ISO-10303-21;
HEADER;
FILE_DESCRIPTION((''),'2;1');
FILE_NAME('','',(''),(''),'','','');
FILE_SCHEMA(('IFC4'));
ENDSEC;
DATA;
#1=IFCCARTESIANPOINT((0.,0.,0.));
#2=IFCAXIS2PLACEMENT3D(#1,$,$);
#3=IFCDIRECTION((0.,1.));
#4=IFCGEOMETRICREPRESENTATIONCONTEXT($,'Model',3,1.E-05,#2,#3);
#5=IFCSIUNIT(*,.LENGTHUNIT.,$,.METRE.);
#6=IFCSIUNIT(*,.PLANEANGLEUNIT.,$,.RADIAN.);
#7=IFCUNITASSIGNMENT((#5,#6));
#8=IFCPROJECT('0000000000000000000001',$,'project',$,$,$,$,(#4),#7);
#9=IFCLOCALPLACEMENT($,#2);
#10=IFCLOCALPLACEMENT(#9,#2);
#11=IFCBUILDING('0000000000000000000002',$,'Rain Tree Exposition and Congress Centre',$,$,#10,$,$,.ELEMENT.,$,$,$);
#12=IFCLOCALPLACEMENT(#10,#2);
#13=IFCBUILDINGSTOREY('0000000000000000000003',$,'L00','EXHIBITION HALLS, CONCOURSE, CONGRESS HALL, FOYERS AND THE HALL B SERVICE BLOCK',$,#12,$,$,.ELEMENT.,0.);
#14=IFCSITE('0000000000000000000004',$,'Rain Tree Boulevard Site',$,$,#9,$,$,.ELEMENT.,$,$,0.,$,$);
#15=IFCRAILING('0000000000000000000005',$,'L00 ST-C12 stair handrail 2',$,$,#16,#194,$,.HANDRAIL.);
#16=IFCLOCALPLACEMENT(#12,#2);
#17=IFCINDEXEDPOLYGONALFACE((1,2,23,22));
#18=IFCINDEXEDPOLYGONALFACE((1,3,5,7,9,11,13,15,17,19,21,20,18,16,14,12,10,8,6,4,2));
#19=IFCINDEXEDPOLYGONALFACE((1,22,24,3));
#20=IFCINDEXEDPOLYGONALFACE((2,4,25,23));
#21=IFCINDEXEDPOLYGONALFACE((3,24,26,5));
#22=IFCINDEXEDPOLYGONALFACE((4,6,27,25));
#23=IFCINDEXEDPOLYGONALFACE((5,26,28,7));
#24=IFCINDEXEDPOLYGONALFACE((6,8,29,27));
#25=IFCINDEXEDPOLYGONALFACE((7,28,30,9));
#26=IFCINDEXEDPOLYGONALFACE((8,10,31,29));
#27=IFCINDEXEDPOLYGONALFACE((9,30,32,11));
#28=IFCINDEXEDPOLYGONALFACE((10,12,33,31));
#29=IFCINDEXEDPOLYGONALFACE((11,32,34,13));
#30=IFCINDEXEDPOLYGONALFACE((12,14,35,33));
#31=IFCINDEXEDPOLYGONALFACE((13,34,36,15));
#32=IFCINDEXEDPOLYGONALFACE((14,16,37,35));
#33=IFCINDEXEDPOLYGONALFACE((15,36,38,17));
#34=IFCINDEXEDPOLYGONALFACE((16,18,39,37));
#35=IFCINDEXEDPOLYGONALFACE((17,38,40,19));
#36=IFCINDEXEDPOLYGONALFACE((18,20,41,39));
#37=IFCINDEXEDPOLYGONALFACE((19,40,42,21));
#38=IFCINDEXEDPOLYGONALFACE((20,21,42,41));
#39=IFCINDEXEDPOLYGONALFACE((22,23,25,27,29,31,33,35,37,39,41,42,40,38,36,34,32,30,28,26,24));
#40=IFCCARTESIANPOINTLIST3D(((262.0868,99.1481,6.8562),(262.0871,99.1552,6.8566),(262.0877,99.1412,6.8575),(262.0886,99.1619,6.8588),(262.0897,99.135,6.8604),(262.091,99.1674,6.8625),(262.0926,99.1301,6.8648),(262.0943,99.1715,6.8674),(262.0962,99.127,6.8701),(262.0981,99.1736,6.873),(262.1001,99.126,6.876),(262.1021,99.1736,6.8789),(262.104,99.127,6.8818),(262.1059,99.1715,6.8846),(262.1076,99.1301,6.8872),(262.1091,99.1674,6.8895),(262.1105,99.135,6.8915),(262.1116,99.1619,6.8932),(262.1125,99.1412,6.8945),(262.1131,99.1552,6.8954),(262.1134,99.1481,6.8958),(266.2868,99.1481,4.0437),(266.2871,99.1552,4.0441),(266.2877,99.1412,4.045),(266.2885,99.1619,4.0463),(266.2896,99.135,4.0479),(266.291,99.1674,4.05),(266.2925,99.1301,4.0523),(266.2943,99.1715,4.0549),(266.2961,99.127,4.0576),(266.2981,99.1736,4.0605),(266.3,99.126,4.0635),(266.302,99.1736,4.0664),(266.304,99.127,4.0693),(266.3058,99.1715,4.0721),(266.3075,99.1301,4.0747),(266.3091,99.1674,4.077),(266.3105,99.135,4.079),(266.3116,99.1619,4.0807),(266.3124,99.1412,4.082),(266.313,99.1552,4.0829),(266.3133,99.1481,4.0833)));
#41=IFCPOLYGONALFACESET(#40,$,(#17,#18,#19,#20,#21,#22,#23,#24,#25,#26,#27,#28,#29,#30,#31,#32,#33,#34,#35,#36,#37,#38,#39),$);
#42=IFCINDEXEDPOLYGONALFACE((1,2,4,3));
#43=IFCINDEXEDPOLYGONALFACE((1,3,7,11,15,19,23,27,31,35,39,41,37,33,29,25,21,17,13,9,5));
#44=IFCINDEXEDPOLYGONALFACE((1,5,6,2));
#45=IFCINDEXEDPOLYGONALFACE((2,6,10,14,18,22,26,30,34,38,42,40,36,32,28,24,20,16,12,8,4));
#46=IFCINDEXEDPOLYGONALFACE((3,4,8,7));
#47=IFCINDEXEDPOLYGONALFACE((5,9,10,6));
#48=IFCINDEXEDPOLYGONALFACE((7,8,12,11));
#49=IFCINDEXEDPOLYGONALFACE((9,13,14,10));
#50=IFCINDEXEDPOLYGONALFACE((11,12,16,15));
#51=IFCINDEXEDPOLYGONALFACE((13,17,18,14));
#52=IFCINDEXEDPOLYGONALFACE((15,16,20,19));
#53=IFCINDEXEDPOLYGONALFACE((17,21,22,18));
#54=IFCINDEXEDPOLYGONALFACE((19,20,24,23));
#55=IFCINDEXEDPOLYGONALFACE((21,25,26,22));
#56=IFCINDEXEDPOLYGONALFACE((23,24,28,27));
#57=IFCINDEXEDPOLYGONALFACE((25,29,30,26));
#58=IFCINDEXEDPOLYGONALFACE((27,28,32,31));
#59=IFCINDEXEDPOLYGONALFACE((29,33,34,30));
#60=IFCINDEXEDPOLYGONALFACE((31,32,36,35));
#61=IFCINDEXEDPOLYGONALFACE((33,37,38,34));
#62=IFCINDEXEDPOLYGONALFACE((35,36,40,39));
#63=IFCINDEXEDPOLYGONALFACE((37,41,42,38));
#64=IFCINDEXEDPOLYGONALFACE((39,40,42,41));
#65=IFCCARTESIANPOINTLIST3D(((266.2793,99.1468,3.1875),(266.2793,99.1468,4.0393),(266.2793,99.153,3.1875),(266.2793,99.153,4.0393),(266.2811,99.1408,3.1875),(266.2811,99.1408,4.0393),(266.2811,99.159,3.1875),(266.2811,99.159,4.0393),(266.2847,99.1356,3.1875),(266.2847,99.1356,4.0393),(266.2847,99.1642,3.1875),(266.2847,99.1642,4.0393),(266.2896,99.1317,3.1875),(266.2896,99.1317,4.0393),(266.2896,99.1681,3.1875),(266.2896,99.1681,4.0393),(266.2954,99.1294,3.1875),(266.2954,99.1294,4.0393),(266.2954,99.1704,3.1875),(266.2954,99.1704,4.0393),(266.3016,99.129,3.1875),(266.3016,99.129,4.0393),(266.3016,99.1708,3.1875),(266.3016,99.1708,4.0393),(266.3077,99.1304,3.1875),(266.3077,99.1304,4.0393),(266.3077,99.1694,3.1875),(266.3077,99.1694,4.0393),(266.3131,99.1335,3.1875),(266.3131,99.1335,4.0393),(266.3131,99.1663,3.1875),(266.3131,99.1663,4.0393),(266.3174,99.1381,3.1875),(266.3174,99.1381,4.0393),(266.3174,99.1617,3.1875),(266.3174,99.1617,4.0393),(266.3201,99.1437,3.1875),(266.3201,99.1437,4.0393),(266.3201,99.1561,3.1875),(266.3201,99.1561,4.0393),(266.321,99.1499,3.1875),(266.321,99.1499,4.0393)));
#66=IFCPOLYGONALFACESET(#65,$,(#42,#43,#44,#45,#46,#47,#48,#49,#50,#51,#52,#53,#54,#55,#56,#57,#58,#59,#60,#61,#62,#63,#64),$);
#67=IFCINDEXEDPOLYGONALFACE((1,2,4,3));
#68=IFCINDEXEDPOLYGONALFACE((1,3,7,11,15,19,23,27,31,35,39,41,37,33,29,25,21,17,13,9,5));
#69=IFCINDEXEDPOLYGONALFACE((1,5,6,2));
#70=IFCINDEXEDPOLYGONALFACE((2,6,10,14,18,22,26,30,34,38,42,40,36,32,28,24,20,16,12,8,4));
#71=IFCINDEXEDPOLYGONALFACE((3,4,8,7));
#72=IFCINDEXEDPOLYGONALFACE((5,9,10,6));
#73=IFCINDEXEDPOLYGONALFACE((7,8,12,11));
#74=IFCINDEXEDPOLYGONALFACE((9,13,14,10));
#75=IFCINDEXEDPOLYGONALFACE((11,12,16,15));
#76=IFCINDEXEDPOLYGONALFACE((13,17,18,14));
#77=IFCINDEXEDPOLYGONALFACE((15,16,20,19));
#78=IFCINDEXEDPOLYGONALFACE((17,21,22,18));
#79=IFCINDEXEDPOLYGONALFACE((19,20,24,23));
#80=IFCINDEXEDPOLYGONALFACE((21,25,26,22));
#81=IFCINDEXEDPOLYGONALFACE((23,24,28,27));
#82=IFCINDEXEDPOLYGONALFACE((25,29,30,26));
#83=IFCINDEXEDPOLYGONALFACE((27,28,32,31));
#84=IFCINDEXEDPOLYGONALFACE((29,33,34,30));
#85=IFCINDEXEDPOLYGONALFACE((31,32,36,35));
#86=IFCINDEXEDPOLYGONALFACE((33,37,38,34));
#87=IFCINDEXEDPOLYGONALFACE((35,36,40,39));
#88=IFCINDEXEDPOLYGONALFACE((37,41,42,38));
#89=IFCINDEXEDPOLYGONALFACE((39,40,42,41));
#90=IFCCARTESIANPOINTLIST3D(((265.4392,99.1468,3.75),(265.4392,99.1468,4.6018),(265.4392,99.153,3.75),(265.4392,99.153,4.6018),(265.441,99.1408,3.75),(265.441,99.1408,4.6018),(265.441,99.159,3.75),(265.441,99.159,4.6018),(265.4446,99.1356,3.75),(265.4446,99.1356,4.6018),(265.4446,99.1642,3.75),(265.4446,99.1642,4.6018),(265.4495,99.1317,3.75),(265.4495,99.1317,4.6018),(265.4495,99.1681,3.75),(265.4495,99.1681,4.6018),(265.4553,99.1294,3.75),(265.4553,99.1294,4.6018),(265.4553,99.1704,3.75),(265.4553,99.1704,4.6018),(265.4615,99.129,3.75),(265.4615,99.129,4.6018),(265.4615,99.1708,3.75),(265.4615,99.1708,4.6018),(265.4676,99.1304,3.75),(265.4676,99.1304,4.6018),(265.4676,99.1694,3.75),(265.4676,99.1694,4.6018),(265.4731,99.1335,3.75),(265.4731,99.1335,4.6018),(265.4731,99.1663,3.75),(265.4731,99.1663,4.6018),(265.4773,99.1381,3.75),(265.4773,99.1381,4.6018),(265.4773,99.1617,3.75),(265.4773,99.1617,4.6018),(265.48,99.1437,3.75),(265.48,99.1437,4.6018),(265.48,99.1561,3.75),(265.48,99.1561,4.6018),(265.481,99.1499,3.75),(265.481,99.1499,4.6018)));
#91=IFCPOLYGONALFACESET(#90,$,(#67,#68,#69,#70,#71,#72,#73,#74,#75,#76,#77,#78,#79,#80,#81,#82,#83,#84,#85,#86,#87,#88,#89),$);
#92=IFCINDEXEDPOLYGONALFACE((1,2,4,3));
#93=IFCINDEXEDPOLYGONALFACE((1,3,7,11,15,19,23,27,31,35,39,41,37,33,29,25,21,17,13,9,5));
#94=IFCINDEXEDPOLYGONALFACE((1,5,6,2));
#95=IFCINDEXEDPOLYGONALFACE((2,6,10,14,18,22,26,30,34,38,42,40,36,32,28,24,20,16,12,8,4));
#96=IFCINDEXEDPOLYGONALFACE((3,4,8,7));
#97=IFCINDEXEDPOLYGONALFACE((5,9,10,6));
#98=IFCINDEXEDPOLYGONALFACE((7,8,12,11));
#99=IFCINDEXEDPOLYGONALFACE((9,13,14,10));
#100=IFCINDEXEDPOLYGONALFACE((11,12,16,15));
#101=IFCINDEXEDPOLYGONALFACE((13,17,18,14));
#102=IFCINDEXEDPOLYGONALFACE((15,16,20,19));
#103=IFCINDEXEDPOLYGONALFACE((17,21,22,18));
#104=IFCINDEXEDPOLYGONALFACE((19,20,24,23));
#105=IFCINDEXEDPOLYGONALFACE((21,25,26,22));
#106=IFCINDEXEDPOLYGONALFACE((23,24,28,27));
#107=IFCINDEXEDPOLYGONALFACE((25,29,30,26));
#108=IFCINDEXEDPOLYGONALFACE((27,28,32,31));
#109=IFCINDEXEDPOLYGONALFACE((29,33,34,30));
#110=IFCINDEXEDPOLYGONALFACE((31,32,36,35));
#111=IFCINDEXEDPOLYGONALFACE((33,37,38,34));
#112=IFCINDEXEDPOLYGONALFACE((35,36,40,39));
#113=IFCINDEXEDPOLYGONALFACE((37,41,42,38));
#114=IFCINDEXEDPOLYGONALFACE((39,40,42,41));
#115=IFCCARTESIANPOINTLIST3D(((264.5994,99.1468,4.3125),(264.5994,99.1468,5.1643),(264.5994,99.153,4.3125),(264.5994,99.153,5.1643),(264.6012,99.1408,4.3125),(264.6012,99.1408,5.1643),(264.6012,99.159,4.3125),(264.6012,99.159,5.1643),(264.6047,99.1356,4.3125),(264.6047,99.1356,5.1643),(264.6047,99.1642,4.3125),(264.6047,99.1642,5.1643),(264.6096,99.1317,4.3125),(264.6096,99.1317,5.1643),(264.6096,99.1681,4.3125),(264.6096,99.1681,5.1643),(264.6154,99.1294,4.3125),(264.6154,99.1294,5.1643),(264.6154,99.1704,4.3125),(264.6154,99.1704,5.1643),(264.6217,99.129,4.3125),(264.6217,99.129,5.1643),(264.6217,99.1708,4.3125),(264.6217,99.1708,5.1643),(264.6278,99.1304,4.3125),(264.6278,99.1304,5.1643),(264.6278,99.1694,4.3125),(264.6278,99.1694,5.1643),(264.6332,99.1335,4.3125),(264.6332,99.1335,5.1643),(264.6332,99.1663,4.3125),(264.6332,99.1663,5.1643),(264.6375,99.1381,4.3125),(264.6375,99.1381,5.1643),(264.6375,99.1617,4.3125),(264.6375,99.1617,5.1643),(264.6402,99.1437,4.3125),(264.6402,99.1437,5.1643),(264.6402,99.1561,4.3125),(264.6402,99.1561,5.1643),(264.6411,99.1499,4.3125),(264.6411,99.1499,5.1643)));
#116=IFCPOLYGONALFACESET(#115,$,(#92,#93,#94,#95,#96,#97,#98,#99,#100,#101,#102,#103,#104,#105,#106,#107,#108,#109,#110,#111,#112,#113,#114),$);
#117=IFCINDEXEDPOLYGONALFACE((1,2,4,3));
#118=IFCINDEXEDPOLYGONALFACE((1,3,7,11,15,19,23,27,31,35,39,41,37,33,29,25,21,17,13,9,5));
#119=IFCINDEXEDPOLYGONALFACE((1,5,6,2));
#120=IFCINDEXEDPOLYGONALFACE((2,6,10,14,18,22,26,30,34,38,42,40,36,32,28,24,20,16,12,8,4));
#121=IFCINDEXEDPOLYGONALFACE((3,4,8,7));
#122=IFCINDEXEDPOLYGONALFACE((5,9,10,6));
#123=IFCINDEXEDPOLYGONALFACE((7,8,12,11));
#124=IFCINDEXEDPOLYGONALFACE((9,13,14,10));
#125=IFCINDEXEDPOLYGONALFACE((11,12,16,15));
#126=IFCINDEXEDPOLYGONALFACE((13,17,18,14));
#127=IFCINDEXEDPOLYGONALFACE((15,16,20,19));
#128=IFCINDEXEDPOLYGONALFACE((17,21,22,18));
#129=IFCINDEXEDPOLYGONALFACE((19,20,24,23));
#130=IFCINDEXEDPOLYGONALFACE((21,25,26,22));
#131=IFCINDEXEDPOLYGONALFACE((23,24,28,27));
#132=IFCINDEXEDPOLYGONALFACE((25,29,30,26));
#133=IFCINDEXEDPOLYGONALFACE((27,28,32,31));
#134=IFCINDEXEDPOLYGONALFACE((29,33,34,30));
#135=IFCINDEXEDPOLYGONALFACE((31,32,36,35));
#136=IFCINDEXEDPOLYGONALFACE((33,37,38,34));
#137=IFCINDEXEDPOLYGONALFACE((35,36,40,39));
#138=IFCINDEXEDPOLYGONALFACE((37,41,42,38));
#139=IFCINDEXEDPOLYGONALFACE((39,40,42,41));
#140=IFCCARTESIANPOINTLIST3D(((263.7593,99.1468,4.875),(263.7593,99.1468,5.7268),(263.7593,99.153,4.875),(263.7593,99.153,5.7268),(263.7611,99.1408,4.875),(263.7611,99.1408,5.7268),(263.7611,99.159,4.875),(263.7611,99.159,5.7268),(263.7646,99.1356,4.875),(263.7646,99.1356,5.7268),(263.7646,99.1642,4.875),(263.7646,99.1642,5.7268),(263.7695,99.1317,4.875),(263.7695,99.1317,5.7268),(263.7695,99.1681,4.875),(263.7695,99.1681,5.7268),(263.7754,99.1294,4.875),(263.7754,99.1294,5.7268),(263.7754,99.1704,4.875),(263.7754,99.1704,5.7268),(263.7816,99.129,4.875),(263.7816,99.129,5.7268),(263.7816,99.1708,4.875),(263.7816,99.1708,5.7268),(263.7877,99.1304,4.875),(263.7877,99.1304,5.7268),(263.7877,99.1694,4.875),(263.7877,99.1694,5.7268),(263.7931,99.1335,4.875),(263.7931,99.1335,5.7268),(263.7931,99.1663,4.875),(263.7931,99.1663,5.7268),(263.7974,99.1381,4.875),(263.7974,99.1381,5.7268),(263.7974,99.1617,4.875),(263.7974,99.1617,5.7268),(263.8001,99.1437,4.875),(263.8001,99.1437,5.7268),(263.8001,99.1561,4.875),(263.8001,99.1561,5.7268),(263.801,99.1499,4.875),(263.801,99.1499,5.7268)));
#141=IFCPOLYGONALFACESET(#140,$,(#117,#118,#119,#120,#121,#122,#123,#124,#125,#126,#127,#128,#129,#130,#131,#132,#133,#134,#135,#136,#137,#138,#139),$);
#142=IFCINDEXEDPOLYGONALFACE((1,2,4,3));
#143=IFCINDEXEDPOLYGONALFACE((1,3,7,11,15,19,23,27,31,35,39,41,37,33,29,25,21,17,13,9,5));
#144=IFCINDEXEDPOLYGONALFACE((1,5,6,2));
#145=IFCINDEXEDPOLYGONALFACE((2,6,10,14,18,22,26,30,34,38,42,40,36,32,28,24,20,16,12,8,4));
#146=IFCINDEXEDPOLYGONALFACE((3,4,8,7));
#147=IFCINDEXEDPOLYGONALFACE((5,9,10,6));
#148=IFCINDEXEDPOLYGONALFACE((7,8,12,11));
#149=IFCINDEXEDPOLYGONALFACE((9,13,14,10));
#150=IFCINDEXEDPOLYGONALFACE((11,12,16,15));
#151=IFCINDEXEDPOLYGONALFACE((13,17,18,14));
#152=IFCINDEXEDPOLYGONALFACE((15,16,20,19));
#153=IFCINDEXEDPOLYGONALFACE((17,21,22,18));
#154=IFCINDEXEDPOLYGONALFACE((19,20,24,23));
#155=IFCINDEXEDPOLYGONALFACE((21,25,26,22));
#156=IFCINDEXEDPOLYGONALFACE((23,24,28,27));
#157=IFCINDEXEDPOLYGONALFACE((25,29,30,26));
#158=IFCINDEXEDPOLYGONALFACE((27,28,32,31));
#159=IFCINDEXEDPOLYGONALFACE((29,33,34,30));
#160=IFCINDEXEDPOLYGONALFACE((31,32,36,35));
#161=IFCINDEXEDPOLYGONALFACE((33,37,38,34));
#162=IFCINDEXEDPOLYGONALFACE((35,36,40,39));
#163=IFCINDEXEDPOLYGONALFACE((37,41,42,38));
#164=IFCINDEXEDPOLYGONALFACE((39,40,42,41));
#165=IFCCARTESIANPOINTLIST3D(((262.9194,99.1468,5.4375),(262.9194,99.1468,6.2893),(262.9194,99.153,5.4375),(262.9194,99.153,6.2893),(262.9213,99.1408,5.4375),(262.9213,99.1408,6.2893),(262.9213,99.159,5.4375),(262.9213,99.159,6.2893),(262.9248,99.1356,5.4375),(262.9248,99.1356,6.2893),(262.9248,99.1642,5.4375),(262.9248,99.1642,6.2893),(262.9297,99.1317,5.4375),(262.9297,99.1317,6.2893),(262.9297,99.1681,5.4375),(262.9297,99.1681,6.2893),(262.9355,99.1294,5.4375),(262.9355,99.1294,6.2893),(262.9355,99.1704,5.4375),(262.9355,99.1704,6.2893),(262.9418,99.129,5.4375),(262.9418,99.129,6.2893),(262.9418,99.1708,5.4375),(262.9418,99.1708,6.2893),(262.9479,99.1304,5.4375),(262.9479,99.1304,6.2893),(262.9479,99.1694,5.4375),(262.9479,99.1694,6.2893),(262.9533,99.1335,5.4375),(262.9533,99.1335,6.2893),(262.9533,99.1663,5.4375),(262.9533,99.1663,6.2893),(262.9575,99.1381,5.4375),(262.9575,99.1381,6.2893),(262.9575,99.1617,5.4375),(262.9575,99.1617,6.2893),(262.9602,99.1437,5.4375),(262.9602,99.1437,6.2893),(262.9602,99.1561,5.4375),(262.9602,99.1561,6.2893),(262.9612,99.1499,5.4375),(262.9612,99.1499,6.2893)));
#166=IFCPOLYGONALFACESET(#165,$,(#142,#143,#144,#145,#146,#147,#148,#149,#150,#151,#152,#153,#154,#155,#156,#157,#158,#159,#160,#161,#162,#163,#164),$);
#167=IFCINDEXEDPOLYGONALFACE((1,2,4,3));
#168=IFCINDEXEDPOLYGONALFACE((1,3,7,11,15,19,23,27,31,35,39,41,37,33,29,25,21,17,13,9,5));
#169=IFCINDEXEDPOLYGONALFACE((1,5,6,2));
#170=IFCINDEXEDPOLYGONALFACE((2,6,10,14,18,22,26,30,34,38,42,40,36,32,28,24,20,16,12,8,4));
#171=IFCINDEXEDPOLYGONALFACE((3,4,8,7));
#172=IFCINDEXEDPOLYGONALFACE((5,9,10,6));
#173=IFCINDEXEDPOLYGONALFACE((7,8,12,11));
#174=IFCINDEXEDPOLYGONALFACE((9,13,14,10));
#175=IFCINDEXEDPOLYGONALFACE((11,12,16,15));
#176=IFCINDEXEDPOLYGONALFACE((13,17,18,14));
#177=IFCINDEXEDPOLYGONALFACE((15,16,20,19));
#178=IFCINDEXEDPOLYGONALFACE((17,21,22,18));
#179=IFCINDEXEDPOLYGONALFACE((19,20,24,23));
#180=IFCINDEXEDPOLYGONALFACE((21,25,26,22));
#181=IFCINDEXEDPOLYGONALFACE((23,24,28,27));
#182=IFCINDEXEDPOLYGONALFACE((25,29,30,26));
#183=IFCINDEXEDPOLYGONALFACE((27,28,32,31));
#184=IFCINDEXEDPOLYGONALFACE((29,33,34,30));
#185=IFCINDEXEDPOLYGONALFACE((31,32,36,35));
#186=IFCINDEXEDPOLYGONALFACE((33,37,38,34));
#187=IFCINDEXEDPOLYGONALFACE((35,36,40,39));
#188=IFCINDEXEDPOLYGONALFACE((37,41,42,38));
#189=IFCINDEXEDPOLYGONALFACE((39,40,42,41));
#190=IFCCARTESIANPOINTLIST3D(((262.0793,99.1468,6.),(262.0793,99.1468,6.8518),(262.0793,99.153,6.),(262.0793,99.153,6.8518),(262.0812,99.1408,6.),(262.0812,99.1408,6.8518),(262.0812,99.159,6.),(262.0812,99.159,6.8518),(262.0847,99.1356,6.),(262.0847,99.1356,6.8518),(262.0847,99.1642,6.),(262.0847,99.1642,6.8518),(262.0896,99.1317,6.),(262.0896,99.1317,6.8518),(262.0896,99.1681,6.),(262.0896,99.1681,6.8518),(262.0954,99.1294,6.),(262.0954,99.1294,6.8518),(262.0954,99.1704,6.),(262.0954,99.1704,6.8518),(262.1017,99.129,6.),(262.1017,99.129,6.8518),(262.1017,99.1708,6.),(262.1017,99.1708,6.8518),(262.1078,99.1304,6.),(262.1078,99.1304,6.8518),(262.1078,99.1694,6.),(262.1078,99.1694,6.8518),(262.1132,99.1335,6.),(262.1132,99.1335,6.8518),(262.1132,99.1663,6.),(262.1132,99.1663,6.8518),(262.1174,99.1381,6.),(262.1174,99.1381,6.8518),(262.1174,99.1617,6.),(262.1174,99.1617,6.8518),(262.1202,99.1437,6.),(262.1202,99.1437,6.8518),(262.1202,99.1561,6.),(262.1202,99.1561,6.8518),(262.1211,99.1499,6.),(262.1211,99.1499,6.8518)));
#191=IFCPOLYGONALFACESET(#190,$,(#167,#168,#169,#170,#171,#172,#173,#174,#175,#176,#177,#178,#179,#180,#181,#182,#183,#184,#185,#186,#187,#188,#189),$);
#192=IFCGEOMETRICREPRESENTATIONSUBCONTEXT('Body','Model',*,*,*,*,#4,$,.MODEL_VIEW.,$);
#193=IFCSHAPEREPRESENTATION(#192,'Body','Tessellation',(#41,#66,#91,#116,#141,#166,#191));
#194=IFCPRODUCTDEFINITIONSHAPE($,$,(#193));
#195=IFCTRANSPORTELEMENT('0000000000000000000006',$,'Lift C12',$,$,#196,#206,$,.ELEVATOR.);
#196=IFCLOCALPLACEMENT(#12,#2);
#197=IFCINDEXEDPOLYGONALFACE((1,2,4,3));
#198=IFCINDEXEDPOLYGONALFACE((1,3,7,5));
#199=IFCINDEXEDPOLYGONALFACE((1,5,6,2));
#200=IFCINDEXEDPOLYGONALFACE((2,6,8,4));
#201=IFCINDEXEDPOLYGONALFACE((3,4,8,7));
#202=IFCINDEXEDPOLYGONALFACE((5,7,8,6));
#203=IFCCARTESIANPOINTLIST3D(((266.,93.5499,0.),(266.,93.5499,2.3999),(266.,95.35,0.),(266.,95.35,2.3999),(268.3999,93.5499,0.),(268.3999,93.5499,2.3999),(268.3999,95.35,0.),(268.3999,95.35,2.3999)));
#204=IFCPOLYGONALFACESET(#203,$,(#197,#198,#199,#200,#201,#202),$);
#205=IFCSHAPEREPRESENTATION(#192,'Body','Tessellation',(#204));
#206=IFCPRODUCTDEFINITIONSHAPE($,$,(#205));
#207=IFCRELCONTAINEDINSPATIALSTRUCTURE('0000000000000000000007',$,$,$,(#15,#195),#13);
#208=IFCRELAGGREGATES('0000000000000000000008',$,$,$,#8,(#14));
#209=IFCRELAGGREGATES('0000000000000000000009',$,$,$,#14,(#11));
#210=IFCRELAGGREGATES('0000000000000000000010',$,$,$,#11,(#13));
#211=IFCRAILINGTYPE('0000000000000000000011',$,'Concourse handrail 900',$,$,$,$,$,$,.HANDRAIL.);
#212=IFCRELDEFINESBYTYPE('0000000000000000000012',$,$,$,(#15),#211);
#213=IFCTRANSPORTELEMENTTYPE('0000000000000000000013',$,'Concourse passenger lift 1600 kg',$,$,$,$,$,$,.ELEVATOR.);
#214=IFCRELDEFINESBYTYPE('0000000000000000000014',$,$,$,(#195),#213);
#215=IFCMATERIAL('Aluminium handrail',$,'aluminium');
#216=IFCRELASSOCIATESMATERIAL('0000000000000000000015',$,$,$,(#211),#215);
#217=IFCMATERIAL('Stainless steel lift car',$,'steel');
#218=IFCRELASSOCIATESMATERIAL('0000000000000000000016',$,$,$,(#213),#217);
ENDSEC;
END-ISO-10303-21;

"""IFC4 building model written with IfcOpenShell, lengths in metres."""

from ifc_helpers import new_model, si_unit, direction, frame, origin, origin_2d, place, context, subcontext, project, spatial, rectangle, circle, extrude, material, type_object, element, save


model = new_model("IFC4")

# Units and contexts
model_context = context("Model", 3, precision=1e-05, world=origin(), true_north=direction((0.0, 1.0)))
body_context = subcontext(model_context, "Body", "Model", "MODEL_VIEW")
ifc_project = project(units=[si_unit("LENGTHUNIT", "METRE"), si_unit("PLANEANGLEUNIT", "RADIAN")], contexts=[model_context])

# Site, building, storey
site_placement = place(None, origin())
site = spatial("IfcSite", under=ifc_project, at=site_placement, Name="Rain Tree Boulevard Site", CompositionType="ELEMENT", RefElevation=0.0)
building_placement = place(site_placement, origin())
building = spatial("IfcBuilding", under=site, at=building_placement, Name="Rain Tree Exposition and Congress Centre", CompositionType="ELEMENT")
storey_placement = place(building_placement, origin())
storey = spatial("IfcBuildingStorey", under=building, at=storey_placement, Name="L00", Description="EXHIBITION HALLS, CONCOURSE, CONGRESS HALL, FOYERS AND THE HALL B SERVICE BLOCK", CompositionType="ELEMENT", Elevation=0.0)

# Railing
ifc_material_1 = material(Name="Aluminium handrail", Category="aluminium")
railing_type_1 = type_object("IfcRailingType", Name="Concourse handrail 900", PredefinedType="HANDRAIL", material=ifc_material_1)
railing_1_placement = place(storey_placement, frame((266.3, 99.1499, 3.1875)))
element("IfcRailing", 1, at=railing_1_placement, inside=storey, type_object=railing_type_1, Name="L00 ST-C12 stair handrail 2", PredefinedType="HANDRAIL", context=body_context, shape_type="SweptSolid", body=[
    extrude(circle(Radius=0.0239, at=origin_2d()), frame((0.0, 0.0, 0.876), z_axis=(-0.830904, 0.0, 0.556416), x_axis=(0.0, -1.0, 0.0)), (0.0, 0.0, 1.0), 5.0547),
    extrude(circle(Radius=0.021, at=origin_2d()), origin(), (0.0, 0.0, 1.0), 0.8518),
    extrude(circle(Radius=0.021, at=origin_2d()), frame((-0.8401, 0.0, 0.5625)), (0.0, 0.0, 1.0), 0.8518),
    extrude(circle(Radius=0.021, at=origin_2d()), frame((-1.6799, 0.0, 1.125)), (0.0, 0.0, 1.0), 0.8518),
    extrude(circle(Radius=0.021, at=origin_2d()), frame((-2.52, 0.0, 1.6875)), (0.0, 0.0, 1.0), 0.8518),
    extrude(circle(Radius=0.021, at=origin_2d()), frame((-3.3599, 0.0, 2.25)), (0.0, 0.0, 1.0), 0.8518),
    extrude(circle(Radius=0.021, at=origin_2d()), frame((-4.2, 0.0, 2.8125)), (0.0, 0.0, 1.0), 0.8518),
])

# Transport element
ifc_material_2 = material(Name="Stainless steel lift car", Category="steel")
transport_element_type = type_object("IfcTransportElementType", Name="Concourse passenger lift 1600 kg", PredefinedType="ELEVATOR", material=ifc_material_2)
transport_element_placement = place(storey_placement, frame((267.2, 94.45, 0.0), z_axis=(0.0, 0.0, 1.0), x_axis=(1.0, 0.0, 0.0)))
element("IfcTransportElement", 2, at=transport_element_placement, inside=storey, type_object=transport_element_type, Name="Lift C12", PredefinedType="ELEVATOR", context=body_context, shape_type="SweptSolid", body=[
    extrude(rectangle(XDim=2.3999, YDim=1.8, at=origin_2d()), origin(), (0.0, 0.0, 1.0), 2.3999),
])

save(model, "model.ifc")
